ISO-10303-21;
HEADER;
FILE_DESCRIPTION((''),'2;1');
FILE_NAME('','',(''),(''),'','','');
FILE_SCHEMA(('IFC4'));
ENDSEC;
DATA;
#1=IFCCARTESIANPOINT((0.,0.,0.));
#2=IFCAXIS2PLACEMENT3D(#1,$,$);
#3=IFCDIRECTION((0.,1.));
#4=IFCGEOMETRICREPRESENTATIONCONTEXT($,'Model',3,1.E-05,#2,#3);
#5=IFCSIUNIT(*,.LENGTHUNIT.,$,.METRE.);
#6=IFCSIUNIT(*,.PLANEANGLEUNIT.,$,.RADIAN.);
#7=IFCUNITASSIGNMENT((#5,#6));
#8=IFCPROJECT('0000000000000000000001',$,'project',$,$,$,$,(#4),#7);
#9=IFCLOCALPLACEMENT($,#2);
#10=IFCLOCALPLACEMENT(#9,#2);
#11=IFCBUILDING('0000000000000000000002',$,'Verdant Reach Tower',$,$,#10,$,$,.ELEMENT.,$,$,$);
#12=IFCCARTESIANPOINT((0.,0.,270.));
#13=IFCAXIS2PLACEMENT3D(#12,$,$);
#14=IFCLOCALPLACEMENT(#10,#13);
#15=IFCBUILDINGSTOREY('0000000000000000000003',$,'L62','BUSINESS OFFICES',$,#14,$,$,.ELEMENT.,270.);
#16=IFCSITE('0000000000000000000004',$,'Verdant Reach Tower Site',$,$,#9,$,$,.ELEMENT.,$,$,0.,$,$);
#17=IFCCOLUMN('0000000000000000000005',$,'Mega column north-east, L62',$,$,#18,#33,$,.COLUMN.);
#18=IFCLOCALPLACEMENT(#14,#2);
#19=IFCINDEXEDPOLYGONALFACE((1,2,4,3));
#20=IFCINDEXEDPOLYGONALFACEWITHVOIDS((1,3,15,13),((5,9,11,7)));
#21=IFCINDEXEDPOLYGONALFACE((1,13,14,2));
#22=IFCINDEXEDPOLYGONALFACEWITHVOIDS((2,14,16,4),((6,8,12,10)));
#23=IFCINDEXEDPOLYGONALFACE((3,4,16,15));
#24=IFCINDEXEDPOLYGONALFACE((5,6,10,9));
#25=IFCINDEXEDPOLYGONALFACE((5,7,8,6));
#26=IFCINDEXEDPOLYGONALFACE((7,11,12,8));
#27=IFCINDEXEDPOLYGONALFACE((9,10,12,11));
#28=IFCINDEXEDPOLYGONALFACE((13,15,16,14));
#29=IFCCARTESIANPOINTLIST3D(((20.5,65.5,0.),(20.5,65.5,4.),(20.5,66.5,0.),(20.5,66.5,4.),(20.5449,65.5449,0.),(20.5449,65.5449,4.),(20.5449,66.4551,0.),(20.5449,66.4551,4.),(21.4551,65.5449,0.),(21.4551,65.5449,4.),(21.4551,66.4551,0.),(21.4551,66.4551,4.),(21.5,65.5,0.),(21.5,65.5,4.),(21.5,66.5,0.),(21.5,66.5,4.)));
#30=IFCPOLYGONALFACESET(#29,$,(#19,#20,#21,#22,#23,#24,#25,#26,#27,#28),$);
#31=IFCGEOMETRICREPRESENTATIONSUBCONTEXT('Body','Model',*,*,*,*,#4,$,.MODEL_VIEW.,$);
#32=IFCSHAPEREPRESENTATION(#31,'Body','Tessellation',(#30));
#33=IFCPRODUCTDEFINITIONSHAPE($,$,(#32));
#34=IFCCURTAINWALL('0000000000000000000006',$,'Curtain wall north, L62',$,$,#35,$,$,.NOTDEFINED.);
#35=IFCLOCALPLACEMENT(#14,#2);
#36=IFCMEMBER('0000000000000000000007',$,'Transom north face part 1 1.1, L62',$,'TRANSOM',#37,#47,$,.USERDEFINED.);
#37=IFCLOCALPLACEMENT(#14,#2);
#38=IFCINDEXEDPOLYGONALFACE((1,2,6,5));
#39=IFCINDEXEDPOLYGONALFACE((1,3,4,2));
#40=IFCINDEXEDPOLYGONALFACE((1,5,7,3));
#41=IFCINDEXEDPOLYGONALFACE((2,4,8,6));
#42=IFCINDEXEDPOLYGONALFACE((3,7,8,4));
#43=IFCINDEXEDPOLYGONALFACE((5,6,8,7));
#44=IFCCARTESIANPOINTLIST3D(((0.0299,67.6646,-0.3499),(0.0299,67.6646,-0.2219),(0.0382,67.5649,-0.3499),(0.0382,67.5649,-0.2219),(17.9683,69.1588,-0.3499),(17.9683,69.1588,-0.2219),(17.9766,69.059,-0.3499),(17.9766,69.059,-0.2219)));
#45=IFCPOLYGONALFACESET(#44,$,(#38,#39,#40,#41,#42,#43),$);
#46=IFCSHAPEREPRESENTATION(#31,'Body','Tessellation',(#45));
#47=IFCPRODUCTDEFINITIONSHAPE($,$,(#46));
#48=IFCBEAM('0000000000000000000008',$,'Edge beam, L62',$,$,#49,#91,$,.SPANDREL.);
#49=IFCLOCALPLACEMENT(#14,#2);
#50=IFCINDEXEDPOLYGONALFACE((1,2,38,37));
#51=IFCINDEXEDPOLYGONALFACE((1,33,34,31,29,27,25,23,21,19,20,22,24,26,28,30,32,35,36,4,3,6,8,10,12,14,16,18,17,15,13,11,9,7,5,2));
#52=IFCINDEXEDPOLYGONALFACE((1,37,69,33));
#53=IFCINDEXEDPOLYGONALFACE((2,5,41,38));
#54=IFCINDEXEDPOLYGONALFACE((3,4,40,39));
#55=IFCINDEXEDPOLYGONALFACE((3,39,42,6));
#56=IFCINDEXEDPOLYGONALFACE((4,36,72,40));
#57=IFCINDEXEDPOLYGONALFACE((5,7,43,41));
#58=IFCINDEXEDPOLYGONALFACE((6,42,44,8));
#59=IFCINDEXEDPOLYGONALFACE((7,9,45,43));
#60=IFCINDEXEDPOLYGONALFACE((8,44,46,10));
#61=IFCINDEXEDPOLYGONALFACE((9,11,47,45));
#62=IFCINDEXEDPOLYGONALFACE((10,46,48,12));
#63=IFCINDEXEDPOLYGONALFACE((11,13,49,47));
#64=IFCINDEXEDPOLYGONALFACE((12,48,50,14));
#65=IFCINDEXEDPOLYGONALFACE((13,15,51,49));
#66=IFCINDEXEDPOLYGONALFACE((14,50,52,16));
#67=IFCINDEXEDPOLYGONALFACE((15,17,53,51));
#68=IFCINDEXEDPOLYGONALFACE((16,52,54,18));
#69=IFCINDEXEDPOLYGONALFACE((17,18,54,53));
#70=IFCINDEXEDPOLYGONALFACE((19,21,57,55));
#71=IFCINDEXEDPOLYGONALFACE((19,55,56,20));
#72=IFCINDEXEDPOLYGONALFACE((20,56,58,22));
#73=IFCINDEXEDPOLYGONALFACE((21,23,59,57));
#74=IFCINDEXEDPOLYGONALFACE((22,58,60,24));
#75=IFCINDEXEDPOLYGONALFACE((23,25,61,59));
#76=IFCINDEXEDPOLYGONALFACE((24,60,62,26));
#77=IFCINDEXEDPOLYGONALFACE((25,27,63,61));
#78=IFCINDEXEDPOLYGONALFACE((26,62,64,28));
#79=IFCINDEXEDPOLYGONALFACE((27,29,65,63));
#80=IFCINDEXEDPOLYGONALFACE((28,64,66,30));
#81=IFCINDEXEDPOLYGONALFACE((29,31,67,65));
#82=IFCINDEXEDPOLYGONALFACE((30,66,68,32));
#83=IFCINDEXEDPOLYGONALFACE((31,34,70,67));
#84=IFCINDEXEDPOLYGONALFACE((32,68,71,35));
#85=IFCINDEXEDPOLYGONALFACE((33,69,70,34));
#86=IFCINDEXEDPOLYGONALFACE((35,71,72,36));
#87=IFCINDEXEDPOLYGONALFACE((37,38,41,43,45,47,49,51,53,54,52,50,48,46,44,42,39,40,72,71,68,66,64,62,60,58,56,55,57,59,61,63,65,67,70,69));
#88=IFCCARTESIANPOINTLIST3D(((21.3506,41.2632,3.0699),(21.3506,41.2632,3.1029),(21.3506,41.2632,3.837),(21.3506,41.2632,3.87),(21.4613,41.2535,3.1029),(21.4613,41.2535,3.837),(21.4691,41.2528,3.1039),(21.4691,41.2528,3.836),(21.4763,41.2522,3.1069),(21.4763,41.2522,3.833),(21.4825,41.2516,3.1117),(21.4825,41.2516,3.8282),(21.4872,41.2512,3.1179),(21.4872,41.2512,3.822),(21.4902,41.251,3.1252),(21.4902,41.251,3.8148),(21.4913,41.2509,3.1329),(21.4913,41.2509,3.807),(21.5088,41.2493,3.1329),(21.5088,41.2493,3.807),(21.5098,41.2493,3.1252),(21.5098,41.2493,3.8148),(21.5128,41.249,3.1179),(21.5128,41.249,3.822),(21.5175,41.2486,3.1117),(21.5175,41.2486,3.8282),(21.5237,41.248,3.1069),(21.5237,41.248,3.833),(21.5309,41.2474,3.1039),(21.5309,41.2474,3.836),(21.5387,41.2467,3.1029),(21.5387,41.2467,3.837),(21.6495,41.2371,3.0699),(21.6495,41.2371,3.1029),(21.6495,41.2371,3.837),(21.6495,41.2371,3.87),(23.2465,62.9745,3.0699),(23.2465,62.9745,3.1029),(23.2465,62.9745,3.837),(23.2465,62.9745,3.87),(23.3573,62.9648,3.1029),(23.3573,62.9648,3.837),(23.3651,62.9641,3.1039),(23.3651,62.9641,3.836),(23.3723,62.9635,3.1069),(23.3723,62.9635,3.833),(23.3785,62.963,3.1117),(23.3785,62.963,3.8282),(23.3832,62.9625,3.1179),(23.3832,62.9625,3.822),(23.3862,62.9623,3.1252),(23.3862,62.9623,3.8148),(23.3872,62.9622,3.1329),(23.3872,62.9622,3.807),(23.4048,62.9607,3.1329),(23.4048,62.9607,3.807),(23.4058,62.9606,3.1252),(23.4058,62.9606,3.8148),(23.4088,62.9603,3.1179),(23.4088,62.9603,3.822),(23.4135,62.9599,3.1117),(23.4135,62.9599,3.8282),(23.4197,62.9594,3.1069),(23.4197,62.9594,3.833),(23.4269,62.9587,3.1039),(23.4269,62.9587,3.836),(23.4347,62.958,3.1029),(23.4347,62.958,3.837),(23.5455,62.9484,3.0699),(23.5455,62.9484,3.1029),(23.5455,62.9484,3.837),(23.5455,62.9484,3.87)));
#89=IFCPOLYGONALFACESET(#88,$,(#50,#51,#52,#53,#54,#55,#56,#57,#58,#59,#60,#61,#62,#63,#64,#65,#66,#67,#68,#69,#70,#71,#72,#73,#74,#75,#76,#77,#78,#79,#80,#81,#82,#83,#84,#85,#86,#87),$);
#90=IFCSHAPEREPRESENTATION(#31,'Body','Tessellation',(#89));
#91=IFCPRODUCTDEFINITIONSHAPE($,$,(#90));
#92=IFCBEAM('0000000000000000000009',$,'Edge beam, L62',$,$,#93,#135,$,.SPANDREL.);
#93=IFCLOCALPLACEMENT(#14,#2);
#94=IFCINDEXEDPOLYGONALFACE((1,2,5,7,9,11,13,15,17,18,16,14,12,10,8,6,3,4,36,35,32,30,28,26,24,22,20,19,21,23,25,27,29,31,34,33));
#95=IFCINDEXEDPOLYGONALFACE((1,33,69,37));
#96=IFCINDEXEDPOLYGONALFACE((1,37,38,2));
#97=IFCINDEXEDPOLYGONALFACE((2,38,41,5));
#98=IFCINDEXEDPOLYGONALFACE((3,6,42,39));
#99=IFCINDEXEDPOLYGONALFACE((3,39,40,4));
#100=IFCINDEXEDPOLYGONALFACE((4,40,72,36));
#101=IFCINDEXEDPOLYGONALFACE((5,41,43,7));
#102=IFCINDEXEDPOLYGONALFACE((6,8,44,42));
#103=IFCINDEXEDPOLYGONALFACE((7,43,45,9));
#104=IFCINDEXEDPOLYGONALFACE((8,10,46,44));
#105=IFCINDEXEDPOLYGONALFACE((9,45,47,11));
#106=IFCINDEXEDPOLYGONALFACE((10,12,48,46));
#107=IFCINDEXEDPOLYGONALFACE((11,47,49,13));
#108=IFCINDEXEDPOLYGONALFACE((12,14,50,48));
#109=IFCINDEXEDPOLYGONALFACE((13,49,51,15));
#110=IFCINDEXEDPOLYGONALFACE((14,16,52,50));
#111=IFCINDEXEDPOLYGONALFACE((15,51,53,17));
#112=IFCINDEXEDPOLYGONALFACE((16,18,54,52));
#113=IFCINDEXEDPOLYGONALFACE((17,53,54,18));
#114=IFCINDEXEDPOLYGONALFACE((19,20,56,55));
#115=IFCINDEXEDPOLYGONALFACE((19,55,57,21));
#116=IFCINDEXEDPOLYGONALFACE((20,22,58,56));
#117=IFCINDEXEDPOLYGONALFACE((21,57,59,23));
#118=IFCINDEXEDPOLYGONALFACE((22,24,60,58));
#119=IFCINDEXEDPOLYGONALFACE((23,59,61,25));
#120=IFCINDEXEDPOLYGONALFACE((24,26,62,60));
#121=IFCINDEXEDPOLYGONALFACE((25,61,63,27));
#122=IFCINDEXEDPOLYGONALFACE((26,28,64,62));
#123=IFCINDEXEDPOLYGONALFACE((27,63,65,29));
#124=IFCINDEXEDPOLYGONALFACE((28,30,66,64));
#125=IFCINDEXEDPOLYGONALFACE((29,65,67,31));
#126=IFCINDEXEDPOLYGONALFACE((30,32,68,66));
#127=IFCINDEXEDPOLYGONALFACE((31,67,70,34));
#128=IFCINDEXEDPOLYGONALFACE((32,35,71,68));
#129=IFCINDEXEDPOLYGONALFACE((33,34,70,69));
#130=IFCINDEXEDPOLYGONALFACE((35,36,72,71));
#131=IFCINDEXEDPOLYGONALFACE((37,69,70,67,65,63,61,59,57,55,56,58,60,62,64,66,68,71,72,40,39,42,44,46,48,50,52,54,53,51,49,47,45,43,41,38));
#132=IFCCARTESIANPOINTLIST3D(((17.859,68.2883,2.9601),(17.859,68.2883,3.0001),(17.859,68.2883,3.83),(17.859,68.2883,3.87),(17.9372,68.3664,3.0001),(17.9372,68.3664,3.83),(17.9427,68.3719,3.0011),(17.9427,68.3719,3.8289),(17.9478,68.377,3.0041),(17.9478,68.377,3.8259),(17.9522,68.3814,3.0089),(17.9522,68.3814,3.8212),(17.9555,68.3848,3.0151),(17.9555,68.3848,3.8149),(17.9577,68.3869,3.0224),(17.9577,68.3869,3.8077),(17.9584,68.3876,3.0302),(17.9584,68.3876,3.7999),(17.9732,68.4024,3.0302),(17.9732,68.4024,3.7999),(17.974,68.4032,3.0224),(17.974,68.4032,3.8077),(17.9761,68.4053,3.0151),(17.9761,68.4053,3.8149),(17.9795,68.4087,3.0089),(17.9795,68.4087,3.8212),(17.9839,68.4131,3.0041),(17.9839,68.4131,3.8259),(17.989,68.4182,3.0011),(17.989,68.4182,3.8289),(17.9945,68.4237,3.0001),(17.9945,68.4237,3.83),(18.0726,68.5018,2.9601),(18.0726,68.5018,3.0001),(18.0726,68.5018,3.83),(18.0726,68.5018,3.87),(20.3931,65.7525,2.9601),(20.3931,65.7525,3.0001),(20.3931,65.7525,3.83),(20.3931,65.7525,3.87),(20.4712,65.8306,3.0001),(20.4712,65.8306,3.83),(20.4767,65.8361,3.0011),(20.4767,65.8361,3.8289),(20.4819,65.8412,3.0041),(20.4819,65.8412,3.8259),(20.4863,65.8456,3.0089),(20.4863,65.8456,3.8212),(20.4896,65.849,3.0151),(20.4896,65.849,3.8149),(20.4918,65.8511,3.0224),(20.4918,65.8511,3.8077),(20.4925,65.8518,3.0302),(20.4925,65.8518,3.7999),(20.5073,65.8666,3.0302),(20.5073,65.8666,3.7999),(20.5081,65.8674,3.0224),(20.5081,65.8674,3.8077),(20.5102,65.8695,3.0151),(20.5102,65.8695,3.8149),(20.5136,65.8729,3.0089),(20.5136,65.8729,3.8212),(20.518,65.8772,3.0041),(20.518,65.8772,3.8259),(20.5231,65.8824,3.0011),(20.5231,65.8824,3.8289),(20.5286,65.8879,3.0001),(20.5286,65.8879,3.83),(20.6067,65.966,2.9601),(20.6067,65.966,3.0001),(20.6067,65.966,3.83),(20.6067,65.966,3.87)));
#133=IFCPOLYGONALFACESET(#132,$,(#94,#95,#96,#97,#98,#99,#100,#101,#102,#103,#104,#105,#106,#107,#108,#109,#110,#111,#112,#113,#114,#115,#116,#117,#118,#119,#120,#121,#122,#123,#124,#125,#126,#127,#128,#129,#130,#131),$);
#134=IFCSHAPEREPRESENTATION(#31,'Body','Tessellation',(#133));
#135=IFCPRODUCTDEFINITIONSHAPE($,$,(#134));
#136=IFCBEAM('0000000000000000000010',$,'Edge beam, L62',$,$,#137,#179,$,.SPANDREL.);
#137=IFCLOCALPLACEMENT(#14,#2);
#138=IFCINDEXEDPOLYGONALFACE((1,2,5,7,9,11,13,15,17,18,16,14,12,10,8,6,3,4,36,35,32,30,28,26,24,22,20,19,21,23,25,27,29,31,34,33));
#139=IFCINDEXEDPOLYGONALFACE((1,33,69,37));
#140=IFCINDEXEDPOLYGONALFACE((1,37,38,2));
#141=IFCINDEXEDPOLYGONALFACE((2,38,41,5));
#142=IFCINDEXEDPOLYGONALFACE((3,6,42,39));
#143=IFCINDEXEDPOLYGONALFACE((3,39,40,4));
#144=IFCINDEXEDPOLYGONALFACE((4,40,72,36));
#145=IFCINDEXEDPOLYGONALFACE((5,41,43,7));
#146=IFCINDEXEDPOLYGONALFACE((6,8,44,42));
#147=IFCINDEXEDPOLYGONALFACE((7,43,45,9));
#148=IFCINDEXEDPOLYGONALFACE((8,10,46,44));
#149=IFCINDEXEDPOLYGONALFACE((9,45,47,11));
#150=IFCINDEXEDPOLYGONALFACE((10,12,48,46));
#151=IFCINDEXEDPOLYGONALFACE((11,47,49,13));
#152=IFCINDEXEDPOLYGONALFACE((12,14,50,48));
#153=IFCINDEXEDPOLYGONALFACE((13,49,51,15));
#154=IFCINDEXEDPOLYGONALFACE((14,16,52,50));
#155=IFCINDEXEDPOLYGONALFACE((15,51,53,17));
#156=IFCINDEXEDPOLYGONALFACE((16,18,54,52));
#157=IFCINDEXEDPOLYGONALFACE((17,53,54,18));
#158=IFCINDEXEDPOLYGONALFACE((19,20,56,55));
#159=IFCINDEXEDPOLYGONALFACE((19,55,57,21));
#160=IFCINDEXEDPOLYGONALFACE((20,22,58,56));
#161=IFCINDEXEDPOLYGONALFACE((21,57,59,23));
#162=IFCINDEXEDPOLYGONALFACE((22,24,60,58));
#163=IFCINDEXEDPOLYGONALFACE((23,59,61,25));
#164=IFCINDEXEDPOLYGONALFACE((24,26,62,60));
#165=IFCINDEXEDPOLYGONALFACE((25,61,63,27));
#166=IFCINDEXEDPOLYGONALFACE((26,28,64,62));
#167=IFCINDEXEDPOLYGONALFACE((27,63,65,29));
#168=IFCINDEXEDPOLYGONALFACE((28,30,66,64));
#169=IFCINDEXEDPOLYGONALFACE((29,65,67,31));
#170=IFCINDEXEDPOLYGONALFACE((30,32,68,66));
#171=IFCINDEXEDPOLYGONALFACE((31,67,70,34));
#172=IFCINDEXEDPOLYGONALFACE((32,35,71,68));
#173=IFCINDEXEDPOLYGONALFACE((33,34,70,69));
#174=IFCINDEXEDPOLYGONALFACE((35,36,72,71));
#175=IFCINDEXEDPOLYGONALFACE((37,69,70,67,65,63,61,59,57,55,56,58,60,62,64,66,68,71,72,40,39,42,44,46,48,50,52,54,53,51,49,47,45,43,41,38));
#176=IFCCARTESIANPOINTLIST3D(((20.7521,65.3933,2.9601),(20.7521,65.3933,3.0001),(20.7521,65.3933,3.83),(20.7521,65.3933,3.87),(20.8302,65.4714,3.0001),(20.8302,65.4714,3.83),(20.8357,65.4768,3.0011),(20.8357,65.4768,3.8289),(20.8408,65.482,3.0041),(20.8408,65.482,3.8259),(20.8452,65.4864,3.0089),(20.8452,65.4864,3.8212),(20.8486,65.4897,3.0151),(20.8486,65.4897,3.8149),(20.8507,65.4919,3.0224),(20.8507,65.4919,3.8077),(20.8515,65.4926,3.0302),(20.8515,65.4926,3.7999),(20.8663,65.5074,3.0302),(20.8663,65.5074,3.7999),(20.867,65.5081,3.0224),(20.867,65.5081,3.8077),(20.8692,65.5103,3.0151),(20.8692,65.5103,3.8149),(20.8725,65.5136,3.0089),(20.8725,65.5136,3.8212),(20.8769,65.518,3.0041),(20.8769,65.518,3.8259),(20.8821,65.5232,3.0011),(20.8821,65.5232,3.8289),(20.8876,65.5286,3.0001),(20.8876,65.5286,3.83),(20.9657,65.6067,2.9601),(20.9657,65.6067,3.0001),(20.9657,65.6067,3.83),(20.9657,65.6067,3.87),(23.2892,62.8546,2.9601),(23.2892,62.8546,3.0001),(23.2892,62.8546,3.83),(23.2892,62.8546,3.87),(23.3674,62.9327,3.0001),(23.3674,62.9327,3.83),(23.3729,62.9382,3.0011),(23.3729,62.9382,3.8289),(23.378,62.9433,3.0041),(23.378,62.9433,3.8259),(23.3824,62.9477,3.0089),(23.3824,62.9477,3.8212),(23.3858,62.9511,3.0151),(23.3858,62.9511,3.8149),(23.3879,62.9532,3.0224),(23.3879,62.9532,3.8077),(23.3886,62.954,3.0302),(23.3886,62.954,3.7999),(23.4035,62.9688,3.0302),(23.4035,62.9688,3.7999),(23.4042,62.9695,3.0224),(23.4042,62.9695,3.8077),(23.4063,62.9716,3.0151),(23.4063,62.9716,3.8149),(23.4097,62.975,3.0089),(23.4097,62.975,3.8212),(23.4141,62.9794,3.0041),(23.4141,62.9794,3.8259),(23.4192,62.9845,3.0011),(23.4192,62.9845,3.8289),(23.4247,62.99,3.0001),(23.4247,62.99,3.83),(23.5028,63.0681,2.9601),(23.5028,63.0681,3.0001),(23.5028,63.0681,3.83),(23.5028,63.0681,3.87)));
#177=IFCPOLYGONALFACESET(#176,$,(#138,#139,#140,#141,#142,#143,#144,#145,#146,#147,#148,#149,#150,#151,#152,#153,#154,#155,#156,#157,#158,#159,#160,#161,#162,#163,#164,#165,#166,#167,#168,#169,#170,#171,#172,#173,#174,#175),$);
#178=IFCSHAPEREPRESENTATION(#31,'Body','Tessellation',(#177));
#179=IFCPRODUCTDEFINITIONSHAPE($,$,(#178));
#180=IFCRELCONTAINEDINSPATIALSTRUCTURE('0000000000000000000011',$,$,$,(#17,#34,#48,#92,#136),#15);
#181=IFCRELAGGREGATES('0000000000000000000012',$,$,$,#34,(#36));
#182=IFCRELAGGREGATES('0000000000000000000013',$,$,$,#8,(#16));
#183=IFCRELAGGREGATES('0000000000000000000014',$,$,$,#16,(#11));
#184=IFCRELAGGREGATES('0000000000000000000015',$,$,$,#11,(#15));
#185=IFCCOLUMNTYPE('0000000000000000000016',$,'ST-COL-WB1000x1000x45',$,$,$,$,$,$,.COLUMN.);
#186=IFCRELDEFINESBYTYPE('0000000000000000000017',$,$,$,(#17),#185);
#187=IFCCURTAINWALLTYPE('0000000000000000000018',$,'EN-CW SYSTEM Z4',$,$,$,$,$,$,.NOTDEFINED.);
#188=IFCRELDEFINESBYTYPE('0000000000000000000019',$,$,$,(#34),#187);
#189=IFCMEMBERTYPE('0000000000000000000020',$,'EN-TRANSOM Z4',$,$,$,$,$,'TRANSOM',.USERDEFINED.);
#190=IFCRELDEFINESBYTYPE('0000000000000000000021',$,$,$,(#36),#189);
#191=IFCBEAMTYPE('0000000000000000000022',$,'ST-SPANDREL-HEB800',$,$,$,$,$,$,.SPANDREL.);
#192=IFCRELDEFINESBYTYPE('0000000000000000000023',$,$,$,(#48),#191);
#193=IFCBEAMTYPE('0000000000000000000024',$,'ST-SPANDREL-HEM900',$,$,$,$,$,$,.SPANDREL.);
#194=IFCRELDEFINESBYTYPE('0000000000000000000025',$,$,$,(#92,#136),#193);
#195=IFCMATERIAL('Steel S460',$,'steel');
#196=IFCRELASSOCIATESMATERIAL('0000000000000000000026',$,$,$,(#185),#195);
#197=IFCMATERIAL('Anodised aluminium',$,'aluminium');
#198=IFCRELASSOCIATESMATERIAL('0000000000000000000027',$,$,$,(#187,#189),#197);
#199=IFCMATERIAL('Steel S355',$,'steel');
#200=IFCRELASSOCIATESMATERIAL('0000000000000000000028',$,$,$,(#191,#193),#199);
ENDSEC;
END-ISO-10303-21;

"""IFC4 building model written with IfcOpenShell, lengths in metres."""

from ifc_helpers import new_model, si_unit, direction, frame, origin, origin_2d, place, context, subcontext, project, spatial, rectangle, hollow_rectangle, i_section, extrude, material, material_profile, profile_set, type_object, element, aggregate, save


model = new_model("IFC4")

# Units and contexts
model_context = context("Model", 3, precision=1e-05, world=origin(), true_north=direction((0.0, 1.0)))
body_context = subcontext(model_context, "Body", "Model", "MODEL_VIEW")
ifc_project = project(units=[si_unit("LENGTHUNIT", "METRE"), si_unit("PLANEANGLEUNIT", "RADIAN")], contexts=[model_context])

# Site, building, storey
site_placement = place(None, origin())
site = spatial("IfcSite", under=ifc_project, at=site_placement, Name="Verdant Reach Tower Site", CompositionType="ELEMENT", RefElevation=0.0)
building_placement = place(site_placement, origin())
building = spatial("IfcBuilding", under=site, at=building_placement, Name="Verdant Reach Tower", CompositionType="ELEMENT")
storey_placement = place(building_placement, frame((0.0, 0.0, 270.0)))
storey = spatial("IfcBuildingStorey", under=building, at=storey_placement, Name="L62", Description="BUSINESS OFFICES", CompositionType="ELEMENT", Elevation=270.0)

# Column
ifc_material_1 = material(Name="Steel S460", Category="steel")
ifc_material_profile_1 = material_profile(ifc_material_1, hollow_rectangle(XDim=1.0, YDim=1.0, WallThickness=0.0449, at=origin_2d()), Name="WB 1000x1000x45")
ifc_profile_set_1 = profile_set([ifc_material_profile_1], Name="Steel S460")
column_type = type_object("IfcColumnType", Name="ST-COL-WB1000x1000x45", PredefinedType="COLUMN", material=ifc_profile_set_1)
column_placement = place(storey_placement, frame((21.0, 66.0, 0.0), z_axis=(0.0, 0.0, 1.0), x_axis=(1.0, 0.0, 0.0)))
element("IfcColumn", 1, at=column_placement, inside=storey, type_object=column_type, Name="Mega column north-east, L62", PredefinedType="COLUMN", context=body_context, shape_type="SweptSolid", body=[
    extrude(hollow_rectangle(XDim=1.0, YDim=1.0, WallThickness=0.0449, at=origin_2d()), origin(), (0.0, 0.0, 1.0), 4.0),
])

# Curtain wall, member
ifc_material_2 = material(Name="Anodised aluminium", Category="aluminium")
curtain_wall_type = type_object("IfcCurtainWallType", Name="EN-CW SYSTEM Z4", PredefinedType="NOTDEFINED", material=ifc_material_2)
curtain_wall_1_placement = place(storey_placement, origin())
curtain_wall_1 = element("IfcCurtainWall", 2, at=curtain_wall_1_placement, inside=storey, type_object=curtain_wall_type, Name="Curtain wall north, L62", PredefinedType="NOTDEFINED")
ifc_material_profile_2 = material_profile(ifc_material_2, rectangle(XDim=0.1001, YDim=0.1279, at=origin_2d()), Name="Transom 128x100")
ifc_profile_set_2 = profile_set([ifc_material_profile_2], Name="Anodised aluminium")
member_type = type_object("IfcMemberType", Name="EN-TRANSOM Z4", ElementType="TRANSOM", PredefinedType="USERDEFINED", material=ifc_profile_set_2)
member_placement = place(storey_placement, frame((17.9724, 69.1089, -0.2859), z_axis=(-0.996549, -0.083005, 0.0), x_axis=(0.083005, -0.996549, 0.0)))
member = element("IfcMember", 3, at=member_placement, type_object=member_type, Name="Transom north face part 1 1.1, L62", ObjectType="TRANSOM", PredefinedType="USERDEFINED", context=body_context, shape_type="SweptSolid", body=[
    extrude(rectangle(XDim=0.1001, YDim=0.1279, at=origin_2d()), origin(), (0.0, 0.0, 1.0), 18.0005),
])

# Beams
ifc_material_3 = material(Name="Steel S355", Category="steel")
ifc_material_profile_3 = material_profile(ifc_material_3, i_section(OverallWidth=0.3, OverallDepth=0.8, WebThickness=0.0176, FlangeThickness=0.033, FilletRadius=0.03, at=origin_2d()), Name="HEB 800")
ifc_profile_set_3 = profile_set([ifc_material_profile_3], Name="Steel S355")
beam_type_1 = type_object("IfcBeamType", Name="ST-SPANDREL-HEB800", PredefinedType="SPANDREL", material=ifc_profile_set_3)
beam_1_placement = place(storey_placement, frame((23.396, 62.9614, 3.47), z_axis=(-0.086996, -0.996209, 0.0), x_axis=(0.996209, -0.086996, 0.0)))
element("IfcBeam", 4, at=beam_1_placement, inside=storey, type_object=beam_type_1, Name="Edge beam, L62", PredefinedType="SPANDREL", context=body_context, shape_type="SweptSolid", body=[
    extrude(i_section(OverallWidth=0.3, OverallDepth=0.8, WebThickness=0.0176, FlangeThickness=0.033, FilletRadius=0.03, at=origin_2d()), origin(), (0.0, 0.0, 1.0), 21.7939),
])
ifc_material_profile_4 = material_profile(ifc_material_3, i_section(OverallWidth=0.302, OverallDepth=0.9099, WebThickness=0.021, FlangeThickness=0.04, FilletRadius=0.03, at=origin_2d()), Name="HEM 900")
ifc_profile_set_4 = profile_set([ifc_material_profile_4], Name="Steel S355")
beam_type_2 = type_object("IfcBeamType", Name="ST-SPANDREL-HEM900", PredefinedType="SPANDREL", material=ifc_profile_set_4)
beam_2_placement = place(storey_placement, frame((17.9658, 68.395, 3.415), z_axis=(0.706868, -0.707345, 0.0), x_axis=(0.707345, 0.706868, 0.0)))
element("IfcBeam", 5, at=beam_2_placement, inside=storey, type_object=beam_type_2, Name="Edge beam, L62", PredefinedType="SPANDREL", context=body_context, shape_type="SweptSolid", body=[
    extrude(i_section(OverallWidth=0.302, OverallDepth=0.9099, WebThickness=0.021, FlangeThickness=0.04, FilletRadius=0.03, at=origin_2d()), origin(), (0.0, 0.0, 1.0), 3.585),
])
beam_3_placement = place(storey_placement, frame((20.8589, 65.5, 3.415), z_axis=(0.706903, -0.707311, 0.0), x_axis=(0.707311, 0.706903, 0.0)))
element("IfcBeam", 6, at=beam_3_placement, inside=storey, type_object=beam_type_2, Name="Edge beam, L62", PredefinedType="SPANDREL", context=body_context, shape_type="SweptSolid", body=[
    extrude(i_section(OverallWidth=0.302, OverallDepth=0.9099, WebThickness=0.021, FlangeThickness=0.04, FilletRadius=0.03, at=origin_2d()), origin(), (0.0, 0.0, 1.0), 3.5891),
])

aggregate(curtain_wall_1, [member])

save(model, "model.ifc")
